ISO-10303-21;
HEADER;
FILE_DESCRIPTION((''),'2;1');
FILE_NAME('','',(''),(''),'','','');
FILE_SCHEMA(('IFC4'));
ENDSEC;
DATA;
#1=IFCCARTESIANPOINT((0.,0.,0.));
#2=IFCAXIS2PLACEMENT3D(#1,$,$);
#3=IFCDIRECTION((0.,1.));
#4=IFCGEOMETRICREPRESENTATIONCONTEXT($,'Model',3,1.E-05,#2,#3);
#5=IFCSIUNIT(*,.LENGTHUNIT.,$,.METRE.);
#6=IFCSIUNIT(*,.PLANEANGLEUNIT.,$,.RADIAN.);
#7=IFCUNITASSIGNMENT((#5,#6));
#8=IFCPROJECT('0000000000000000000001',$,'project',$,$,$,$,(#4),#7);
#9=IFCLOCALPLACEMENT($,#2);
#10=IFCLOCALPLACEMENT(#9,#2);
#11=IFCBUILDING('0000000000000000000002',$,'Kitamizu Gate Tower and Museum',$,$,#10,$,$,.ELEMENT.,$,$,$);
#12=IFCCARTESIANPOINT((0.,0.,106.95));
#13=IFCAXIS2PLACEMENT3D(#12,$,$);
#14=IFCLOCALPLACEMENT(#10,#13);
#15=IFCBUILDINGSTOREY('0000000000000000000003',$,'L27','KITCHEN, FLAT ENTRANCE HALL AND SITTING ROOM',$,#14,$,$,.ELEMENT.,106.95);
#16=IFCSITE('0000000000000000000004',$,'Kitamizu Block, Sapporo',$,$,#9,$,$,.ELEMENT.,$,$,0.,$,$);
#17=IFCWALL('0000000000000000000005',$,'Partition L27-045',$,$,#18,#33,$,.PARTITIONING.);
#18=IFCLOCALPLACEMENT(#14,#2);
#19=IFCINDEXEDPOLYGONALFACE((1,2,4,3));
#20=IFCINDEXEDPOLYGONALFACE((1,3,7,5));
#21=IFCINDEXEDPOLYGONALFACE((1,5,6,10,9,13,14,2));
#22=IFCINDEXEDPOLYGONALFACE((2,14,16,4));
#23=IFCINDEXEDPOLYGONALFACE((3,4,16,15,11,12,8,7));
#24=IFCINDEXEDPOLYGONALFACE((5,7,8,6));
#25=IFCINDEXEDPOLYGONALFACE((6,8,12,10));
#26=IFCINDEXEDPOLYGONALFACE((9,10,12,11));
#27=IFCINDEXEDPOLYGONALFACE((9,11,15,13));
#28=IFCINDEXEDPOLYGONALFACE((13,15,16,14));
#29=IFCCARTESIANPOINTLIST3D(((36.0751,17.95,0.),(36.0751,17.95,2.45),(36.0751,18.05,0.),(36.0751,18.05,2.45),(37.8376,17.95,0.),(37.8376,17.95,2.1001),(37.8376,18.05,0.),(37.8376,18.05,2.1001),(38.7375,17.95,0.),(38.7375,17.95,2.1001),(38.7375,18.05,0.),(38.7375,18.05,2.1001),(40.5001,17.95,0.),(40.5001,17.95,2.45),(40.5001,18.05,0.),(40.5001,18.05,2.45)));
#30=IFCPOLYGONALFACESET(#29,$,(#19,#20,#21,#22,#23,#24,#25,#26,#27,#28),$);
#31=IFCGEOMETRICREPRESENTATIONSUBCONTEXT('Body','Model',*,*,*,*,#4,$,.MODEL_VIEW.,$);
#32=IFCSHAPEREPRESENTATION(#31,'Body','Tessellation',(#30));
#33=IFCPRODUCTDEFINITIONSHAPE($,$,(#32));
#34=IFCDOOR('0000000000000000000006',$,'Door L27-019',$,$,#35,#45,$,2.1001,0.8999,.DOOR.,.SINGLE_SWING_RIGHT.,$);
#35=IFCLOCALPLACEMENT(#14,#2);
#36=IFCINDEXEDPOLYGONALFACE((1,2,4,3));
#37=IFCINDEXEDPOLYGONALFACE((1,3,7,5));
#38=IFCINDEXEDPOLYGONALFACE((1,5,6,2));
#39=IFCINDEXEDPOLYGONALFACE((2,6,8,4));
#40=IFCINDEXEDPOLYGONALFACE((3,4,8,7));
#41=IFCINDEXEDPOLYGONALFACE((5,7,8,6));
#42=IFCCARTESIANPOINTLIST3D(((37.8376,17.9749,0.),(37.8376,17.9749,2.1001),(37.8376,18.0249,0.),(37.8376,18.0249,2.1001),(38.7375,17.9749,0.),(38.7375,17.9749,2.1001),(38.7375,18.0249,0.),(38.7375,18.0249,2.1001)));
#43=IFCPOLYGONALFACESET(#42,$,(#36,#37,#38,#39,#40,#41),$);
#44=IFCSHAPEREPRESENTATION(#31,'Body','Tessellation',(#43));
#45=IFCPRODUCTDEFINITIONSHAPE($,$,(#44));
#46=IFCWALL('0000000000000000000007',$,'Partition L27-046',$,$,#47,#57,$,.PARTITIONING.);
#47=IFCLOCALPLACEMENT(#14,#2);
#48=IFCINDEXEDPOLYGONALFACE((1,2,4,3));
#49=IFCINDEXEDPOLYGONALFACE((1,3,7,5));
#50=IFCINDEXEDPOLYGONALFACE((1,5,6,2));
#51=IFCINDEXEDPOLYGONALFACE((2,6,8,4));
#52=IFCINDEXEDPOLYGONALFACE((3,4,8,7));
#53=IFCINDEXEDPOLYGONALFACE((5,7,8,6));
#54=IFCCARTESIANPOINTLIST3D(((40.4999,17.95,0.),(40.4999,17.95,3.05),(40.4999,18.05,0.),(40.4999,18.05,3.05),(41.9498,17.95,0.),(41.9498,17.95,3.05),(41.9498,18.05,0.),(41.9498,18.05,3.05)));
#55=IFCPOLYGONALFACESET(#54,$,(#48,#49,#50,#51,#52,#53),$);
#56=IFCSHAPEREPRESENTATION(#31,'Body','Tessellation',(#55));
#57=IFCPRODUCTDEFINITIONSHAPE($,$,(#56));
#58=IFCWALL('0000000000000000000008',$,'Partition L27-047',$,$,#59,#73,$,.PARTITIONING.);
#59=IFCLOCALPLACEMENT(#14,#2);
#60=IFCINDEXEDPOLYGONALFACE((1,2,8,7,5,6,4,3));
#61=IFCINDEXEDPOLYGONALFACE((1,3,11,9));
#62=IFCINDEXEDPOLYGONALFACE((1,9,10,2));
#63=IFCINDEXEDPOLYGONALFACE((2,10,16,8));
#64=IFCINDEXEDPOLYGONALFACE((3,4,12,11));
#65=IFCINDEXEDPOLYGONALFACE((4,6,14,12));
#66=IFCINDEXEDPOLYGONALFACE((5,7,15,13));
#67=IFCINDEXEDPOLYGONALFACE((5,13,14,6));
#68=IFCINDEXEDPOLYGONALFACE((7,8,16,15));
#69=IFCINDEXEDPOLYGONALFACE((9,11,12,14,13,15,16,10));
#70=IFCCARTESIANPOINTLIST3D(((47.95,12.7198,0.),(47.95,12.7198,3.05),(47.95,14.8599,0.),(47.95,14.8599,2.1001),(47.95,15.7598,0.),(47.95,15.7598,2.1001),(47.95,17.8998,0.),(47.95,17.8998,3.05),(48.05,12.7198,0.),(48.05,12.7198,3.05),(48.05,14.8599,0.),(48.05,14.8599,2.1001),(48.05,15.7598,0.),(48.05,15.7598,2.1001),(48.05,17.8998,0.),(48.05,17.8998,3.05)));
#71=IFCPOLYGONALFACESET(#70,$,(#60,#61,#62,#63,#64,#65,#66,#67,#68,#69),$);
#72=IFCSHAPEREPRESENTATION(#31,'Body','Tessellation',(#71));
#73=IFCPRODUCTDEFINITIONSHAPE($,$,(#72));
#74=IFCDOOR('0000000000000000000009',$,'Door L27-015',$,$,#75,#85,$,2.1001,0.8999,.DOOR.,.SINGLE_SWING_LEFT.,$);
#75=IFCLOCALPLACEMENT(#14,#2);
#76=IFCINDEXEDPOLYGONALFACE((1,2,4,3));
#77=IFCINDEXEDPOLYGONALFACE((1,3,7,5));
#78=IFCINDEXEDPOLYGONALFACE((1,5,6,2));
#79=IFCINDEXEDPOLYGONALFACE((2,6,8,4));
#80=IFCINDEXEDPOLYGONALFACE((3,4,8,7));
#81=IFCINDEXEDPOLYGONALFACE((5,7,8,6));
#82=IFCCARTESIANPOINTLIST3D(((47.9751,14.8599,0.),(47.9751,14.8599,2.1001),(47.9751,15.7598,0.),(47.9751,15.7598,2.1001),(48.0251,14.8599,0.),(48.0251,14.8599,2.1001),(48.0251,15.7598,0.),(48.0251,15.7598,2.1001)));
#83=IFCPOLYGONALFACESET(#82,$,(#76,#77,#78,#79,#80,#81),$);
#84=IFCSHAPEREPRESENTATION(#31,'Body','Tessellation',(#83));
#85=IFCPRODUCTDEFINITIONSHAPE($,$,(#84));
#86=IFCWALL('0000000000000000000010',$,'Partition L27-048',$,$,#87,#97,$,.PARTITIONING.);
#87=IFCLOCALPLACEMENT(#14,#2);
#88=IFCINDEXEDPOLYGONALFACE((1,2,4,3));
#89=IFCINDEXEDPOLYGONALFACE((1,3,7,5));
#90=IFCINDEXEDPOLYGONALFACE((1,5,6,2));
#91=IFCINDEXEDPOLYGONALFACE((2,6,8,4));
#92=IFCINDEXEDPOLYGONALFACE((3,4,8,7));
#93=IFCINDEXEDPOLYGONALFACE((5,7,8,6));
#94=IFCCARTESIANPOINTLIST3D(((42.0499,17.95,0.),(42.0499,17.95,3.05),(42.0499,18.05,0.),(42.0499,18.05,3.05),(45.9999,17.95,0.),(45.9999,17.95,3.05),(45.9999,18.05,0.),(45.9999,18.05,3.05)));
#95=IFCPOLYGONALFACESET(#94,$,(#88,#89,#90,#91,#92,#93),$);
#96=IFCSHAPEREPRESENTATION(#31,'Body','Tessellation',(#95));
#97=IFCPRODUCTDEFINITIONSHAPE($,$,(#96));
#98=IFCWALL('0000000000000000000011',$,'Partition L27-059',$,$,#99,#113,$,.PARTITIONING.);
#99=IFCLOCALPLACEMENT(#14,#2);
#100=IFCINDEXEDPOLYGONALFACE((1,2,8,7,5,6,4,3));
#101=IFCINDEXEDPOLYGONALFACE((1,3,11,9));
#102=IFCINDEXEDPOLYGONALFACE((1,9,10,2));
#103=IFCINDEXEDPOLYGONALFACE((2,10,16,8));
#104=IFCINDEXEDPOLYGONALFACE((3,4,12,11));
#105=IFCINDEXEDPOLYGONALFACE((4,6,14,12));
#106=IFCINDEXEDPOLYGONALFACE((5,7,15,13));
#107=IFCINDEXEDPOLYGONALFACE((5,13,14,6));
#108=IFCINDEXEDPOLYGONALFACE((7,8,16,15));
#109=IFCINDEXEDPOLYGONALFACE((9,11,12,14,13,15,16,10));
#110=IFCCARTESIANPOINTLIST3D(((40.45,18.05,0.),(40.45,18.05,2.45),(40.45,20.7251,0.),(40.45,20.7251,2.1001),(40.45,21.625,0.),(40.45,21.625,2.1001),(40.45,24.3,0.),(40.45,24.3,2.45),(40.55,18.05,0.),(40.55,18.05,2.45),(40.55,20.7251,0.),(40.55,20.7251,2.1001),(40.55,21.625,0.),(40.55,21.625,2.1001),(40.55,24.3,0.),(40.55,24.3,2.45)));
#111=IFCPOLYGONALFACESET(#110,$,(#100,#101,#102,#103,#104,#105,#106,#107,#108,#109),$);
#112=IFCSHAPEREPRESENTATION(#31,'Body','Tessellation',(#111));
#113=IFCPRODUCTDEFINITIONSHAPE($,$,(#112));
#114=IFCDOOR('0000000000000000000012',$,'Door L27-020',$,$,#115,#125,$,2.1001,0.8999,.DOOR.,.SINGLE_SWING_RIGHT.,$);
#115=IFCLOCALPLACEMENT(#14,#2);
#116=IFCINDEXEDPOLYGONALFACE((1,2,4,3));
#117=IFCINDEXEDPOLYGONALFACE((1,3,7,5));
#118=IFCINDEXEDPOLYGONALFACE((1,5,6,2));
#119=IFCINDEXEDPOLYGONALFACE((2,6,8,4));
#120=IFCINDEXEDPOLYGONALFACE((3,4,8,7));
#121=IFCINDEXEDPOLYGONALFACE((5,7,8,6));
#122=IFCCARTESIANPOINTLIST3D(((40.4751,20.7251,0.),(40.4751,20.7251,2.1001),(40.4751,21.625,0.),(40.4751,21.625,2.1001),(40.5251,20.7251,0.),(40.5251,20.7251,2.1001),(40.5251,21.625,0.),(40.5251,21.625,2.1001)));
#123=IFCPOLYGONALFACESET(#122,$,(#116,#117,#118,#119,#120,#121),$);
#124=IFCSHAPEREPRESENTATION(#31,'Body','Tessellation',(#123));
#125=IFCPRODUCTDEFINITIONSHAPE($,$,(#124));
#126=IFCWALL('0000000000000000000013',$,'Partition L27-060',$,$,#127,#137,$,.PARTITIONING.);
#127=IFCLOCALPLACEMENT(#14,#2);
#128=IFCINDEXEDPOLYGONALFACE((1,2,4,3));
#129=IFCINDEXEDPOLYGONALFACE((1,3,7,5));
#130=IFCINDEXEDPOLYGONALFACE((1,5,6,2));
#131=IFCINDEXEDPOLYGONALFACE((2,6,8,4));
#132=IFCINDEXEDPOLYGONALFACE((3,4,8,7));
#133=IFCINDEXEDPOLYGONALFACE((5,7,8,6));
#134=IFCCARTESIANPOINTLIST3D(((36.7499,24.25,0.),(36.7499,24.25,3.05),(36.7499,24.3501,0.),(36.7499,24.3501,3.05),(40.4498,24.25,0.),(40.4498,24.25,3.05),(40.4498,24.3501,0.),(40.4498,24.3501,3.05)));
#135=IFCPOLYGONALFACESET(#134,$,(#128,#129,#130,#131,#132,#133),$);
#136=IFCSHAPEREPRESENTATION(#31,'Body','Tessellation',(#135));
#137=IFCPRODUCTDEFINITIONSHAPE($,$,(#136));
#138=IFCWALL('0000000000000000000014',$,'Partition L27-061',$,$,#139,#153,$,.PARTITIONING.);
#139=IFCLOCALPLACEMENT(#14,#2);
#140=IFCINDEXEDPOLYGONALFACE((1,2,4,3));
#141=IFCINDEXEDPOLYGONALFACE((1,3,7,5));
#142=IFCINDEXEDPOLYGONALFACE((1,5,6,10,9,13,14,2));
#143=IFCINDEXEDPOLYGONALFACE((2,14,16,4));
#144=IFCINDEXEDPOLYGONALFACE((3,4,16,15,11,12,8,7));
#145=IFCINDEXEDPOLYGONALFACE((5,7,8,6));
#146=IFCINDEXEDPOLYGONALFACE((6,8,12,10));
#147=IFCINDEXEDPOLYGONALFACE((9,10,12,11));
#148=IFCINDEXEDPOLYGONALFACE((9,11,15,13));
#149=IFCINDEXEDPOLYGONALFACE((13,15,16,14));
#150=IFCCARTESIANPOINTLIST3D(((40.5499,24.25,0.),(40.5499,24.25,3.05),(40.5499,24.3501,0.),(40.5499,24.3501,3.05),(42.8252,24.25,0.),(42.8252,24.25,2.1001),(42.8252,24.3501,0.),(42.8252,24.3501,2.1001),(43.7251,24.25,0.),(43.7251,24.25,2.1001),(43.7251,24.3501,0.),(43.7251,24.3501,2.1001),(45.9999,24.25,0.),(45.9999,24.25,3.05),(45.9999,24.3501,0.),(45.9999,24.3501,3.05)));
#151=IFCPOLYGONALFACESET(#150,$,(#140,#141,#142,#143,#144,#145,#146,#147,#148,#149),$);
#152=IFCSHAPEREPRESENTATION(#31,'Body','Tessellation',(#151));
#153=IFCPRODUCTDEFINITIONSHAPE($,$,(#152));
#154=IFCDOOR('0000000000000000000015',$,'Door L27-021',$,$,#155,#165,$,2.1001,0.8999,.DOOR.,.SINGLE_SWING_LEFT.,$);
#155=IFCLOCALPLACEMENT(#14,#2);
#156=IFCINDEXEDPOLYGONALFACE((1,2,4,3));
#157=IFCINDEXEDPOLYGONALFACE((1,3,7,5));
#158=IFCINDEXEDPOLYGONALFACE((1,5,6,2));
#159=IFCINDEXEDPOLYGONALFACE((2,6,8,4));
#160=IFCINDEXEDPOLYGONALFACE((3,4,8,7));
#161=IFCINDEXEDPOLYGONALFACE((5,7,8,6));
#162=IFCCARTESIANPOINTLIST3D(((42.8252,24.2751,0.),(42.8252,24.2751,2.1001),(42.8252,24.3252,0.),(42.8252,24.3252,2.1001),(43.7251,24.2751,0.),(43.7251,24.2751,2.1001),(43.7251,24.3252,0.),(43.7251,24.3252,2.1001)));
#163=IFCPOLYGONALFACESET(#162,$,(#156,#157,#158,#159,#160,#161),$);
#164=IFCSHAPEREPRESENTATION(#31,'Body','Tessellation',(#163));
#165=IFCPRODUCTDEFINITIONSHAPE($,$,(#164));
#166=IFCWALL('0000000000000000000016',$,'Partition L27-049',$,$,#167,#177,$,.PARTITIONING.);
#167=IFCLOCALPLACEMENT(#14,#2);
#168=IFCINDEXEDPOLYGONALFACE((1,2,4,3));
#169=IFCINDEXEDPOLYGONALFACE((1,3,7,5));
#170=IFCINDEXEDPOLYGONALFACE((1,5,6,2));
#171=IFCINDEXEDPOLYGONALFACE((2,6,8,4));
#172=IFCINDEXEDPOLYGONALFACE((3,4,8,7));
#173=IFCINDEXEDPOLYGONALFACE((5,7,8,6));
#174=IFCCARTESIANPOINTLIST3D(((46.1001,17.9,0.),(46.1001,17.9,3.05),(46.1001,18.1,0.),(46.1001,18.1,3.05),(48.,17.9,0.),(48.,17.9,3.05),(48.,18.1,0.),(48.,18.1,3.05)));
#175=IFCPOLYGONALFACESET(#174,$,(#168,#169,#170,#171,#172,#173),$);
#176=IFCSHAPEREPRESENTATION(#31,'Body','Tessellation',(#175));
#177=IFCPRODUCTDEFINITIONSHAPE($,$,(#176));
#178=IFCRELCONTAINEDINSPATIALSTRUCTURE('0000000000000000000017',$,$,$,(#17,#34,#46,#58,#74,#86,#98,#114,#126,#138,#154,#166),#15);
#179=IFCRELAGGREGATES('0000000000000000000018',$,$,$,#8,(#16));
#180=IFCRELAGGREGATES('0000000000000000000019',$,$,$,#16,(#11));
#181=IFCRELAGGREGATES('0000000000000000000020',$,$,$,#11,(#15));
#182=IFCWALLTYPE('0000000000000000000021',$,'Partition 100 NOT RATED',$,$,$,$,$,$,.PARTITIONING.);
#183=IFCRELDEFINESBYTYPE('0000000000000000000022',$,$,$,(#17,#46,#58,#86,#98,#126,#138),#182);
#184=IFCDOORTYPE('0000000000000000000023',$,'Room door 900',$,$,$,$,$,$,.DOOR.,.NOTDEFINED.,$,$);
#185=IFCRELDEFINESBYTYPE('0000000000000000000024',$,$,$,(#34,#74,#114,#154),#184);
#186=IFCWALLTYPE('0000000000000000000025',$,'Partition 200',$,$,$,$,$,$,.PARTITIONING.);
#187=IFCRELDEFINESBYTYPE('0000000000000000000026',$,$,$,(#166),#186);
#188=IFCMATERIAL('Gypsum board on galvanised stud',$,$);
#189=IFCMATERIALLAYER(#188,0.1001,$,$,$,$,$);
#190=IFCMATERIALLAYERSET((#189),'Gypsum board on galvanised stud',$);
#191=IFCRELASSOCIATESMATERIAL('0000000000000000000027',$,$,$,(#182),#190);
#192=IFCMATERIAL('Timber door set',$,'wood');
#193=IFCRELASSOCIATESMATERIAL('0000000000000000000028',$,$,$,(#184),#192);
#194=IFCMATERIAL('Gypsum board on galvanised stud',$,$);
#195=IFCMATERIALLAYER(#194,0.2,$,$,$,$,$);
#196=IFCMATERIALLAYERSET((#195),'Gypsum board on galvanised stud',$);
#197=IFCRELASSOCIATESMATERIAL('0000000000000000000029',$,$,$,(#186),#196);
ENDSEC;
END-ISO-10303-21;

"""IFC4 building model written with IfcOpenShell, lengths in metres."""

from ifc_helpers import new_model, si_unit, direction, frame, frame_2d, origin, place, context, subcontext, project, spatial, rectangle, extrude, material, layer, layer_set, type_object, element, fill, save


model = new_model("IFC4")

# Units and contexts
model_context = context("Model", 3, precision=1e-05, world=origin(), true_north=direction((0.0, 1.0)))
body_context = subcontext(model_context, "Body", "Model", "MODEL_VIEW")
ifc_project = project(units=[si_unit("LENGTHUNIT", "METRE"), si_unit("PLANEANGLEUNIT", "RADIAN")], contexts=[model_context])

# Site, building, storey
site_placement = place(None, origin())
site = spatial("IfcSite", under=ifc_project, at=site_placement, Name="Kitamizu Block, Sapporo", CompositionType="ELEMENT", RefElevation=0.0)
building_placement = place(site_placement, origin())
building = spatial("IfcBuilding", under=site, at=building_placement, Name="Kitamizu Gate Tower and Museum", CompositionType="ELEMENT")
storey_placement = place(building_placement, frame((0.0, 0.0, 106.95)))
storey = spatial("IfcBuildingStorey", under=building, at=storey_placement, Name="L27", Description="KITCHEN, FLAT ENTRANCE HALL AND SITTING ROOM", CompositionType="ELEMENT", Elevation=106.95)

# Wall, opening, door
ifc_material_1 = material(Name="Gypsum board on galvanised stud")
ifc_layer_1 = layer(ifc_material_1, 0.1001)
ifc_layer_set_1 = layer_set([ifc_layer_1], Name="Gypsum board on galvanised stud")
wall_type_1 = type_object("IfcWallType", Name="Partition 100 NOT RATED", PredefinedType="PARTITIONING", material=ifc_layer_set_1)
ifc_material_2 = material(Name="Timber door set", Category="wood")
door_type_1 = type_object("IfcDoorType", Name="Room door 900", OperationType="NOTDEFINED", PredefinedType="DOOR", material=ifc_material_2)
wall_1_placement = place(storey_placement, frame((40.5, 18.0, 0.0), z_axis=(0.0, 0.0, 1.0), x_axis=(-1.0, 0.0, 0.0)))
wall_1 = element("IfcWall", 1, at=wall_1_placement, inside=storey, type_object=wall_type_1, Name="Partition L27-045", PredefinedType="PARTITIONING", context=body_context, shape_type="SweptSolid", body=[
    extrude(rectangle(XDim=4.425, YDim=0.1001, at=frame_2d((2.2124, 0.0))), origin(), (0.0, 0.0, 1.0), 2.45),
])
opening_1_placement = place(wall_1_placement, frame((1.7625, 0.0, 0.0)))
opening_1 = element("IfcOpeningElement", 2, at=opening_1_placement, cuts=wall_1, PredefinedType="OPENING", context=body_context, shape_type="SweptSolid", body=[
    extrude(rectangle(XDim=0.8999, YDim=2.1001, at=frame_2d((0.45, 1.05))), frame((0.0, 0.0601, 0.0), z_axis=(0.0, -1.0, 0.0), x_axis=(1.0, 0.0, 0.0)), (0.0, 0.0, 1.0), 0.1201),
])
door_1_placement = place(opening_1_placement, frame((0.8999, 0.0, 0.0), x_axis=(-1.0, 0.0, 0.0)))
door_1 = element("IfcDoor", 3, at=door_1_placement, inside=storey, type_object=door_type_1, Name="Door L27-019", OperationType="SINGLE_SWING_RIGHT", OverallHeight=2.1001, OverallWidth=0.8999, PredefinedType="DOOR", context=body_context, shape_type="SweptSolid", body=[
    extrude(rectangle(XDim=0.8999, YDim=2.1001, at=frame_2d((0.45, 1.05))), frame((0.0, 0.0249, 0.0), z_axis=(0.0, -1.0, 0.0), x_axis=(1.0, 0.0, 0.0)), (0.0, 0.0, 1.0), 0.05),
])
fill(opening_1, door_1)

# Wall
wall_2_placement = place(storey_placement, frame((41.95, 18.0, 0.0), z_axis=(0.0, 0.0, 1.0), x_axis=(-1.0, 0.0, 0.0)))
element("IfcWall", 4, at=wall_2_placement, inside=storey, type_object=wall_type_1, Name="Partition L27-046", PredefinedType="PARTITIONING", context=body_context, shape_type="SweptSolid", body=[
    extrude(rectangle(XDim=1.45, YDim=0.1001, at=frame_2d((0.7251, 0.0))), origin(), (0.0, 0.0, 1.0), 3.05),
])

# Wall, opening, door
wall_3_placement = place(storey_placement, frame((48.0, 12.72, 0.0), z_axis=(0.0, 0.0, 1.0), x_axis=(0.0, 1.0, 0.0)))
wall_3 = element("IfcWall", 5, at=wall_3_placement, inside=storey, type_object=wall_type_1, Name="Partition L27-047", PredefinedType="PARTITIONING", context=body_context, shape_type="SweptSolid", body=[
    extrude(rectangle(XDim=5.1799, YDim=0.1001, at=frame_2d((2.5898, 0.0))), origin(), (0.0, 0.0, 1.0), 3.05),
])
opening_2_placement = place(wall_3_placement, frame((2.1399, 0.0, 0.0)))
opening_2 = element("IfcOpeningElement", 6, at=opening_2_placement, cuts=wall_3, PredefinedType="OPENING", context=body_context, shape_type="SweptSolid", body=[
    extrude(rectangle(XDim=0.8999, YDim=2.1001, at=frame_2d((0.45, 1.05))), frame((0.0, 0.0601, 0.0), z_axis=(0.0, -1.0, 0.0), x_axis=(1.0, 0.0, 0.0)), (0.0, 0.0, 1.0), 0.1201),
])
door_2_placement = place(opening_2_placement, origin())
door_2 = element("IfcDoor", 7, at=door_2_placement, inside=storey, type_object=door_type_1, Name="Door L27-015", OperationType="SINGLE_SWING_LEFT", OverallHeight=2.1001, OverallWidth=0.8999, PredefinedType="DOOR", context=body_context, shape_type="SweptSolid", body=[
    extrude(rectangle(XDim=0.8999, YDim=2.1001, at=frame_2d((0.45, 1.05))), frame((0.0, 0.0249, 0.0), z_axis=(0.0, -1.0, 0.0), x_axis=(1.0, 0.0, 0.0)), (0.0, 0.0, 1.0), 0.05),
])
fill(opening_2, door_2)

# Wall
wall_4_placement = place(storey_placement, frame((46.0, 18.0, 0.0), z_axis=(0.0, 0.0, 1.0), x_axis=(-1.0, 0.0, 0.0)))
element("IfcWall", 8, at=wall_4_placement, inside=storey, type_object=wall_type_1, Name="Partition L27-048", PredefinedType="PARTITIONING", context=body_context, shape_type="SweptSolid", body=[
    extrude(rectangle(XDim=3.95, YDim=0.1001, at=frame_2d((1.9751, 0.0))), origin(), (0.0, 0.0, 1.0), 3.05),
])

# Wall, opening, door
wall_5_placement = place(storey_placement, frame((40.5, 18.05, 0.0), z_axis=(0.0, 0.0, 1.0), x_axis=(0.0, 1.0, 0.0)))
wall_5 = element("IfcWall", 9, at=wall_5_placement, inside=storey, type_object=wall_type_1, Name="Partition L27-059", PredefinedType="PARTITIONING", context=body_context, shape_type="SweptSolid", body=[
    extrude(rectangle(XDim=6.25, YDim=0.1001, at=frame_2d((3.125, 0.0))), origin(), (0.0, 0.0, 1.0), 2.45),
])
opening_3_placement = place(wall_5_placement, frame((2.675, 0.0, 0.0)))
opening_3 = element("IfcOpeningElement", 10, at=opening_3_placement, cuts=wall_5, PredefinedType="OPENING", context=body_context, shape_type="SweptSolid", body=[
    extrude(rectangle(XDim=0.8999, YDim=2.1001, at=frame_2d((0.45, 1.05))), frame((0.0, 0.0601, 0.0), z_axis=(0.0, -1.0, 0.0), x_axis=(1.0, 0.0, 0.0)), (0.0, 0.0, 1.0), 0.1201),
])
door_3_placement = place(opening_3_placement, origin())
door_3 = element("IfcDoor", 11, at=door_3_placement, inside=storey, type_object=door_type_1, Name="Door L27-020", OperationType="SINGLE_SWING_RIGHT", OverallHeight=2.1001, OverallWidth=0.8999, PredefinedType="DOOR", context=body_context, shape_type="SweptSolid", body=[
    extrude(rectangle(XDim=0.8999, YDim=2.1001, at=frame_2d((0.45, 1.05))), frame((0.0, 0.0249, 0.0), z_axis=(0.0, -1.0, 0.0), x_axis=(1.0, 0.0, 0.0)), (0.0, 0.0, 1.0), 0.05),
])
fill(opening_3, door_3)

# Wall
wall_6_placement = place(storey_placement, frame((40.45, 24.3, 0.0), z_axis=(0.0, 0.0, 1.0), x_axis=(-1.0, 0.0, 0.0)))
element("IfcWall", 12, at=wall_6_placement, inside=storey, type_object=wall_type_1, Name="Partition L27-060", PredefinedType="PARTITIONING", context=body_context, shape_type="SweptSolid", body=[
    extrude(rectangle(XDim=3.7, YDim=0.1001, at=frame_2d((1.8501, 0.0))), origin(), (0.0, 0.0, 1.0), 3.05),
])

# Wall, opening, door
wall_7_placement = place(storey_placement, frame((46.0, 24.3, 0.0), z_axis=(0.0, 0.0, 1.0), x_axis=(-1.0, 0.0, 0.0)))
wall_7 = element("IfcWall", 13, at=wall_7_placement, inside=storey, type_object=wall_type_1, Name="Partition L27-061", PredefinedType="PARTITIONING", context=body_context, shape_type="SweptSolid", body=[
    extrude(rectangle(XDim=5.45, YDim=0.1001, at=frame_2d((2.7251, 0.0))), origin(), (0.0, 0.0, 1.0), 3.05),
])
opening_4_placement = place(wall_7_placement, frame((2.2749, 0.0, 0.0)))
opening_4 = element("IfcOpeningElement", 14, at=opening_4_placement, cuts=wall_7, PredefinedType="OPENING", context=body_context, shape_type="SweptSolid", body=[
    extrude(rectangle(XDim=0.8999, YDim=2.1001, at=frame_2d((0.45, 1.05))), frame((0.0, 0.0601, 0.0), z_axis=(0.0, -1.0, 0.0), x_axis=(1.0, 0.0, 0.0)), (0.0, 0.0, 1.0), 0.1201),
])
door_4_placement = place(opening_4_placement, origin())
door_4 = element("IfcDoor", 15, at=door_4_placement, inside=storey, type_object=door_type_1, Name="Door L27-021", OperationType="SINGLE_SWING_LEFT", OverallHeight=2.1001, OverallWidth=0.8999, PredefinedType="DOOR", context=body_context, shape_type="SweptSolid", body=[
    extrude(rectangle(XDim=0.8999, YDim=2.1001, at=frame_2d((0.45, 1.05))), frame((0.0, 0.0249, 0.0), z_axis=(0.0, -1.0, 0.0), x_axis=(1.0, 0.0, 0.0)), (0.0, 0.0, 1.0), 0.05),
])
fill(opening_4, door_4)

# Wall
ifc_material_3 = material(Name="Gypsum board on galvanised stud")
ifc_layer_2 = layer(ifc_material_3, 0.2)
ifc_layer_set_2 = layer_set([ifc_layer_2], Name="Gypsum board on galvanised stud")
wall_type_2 = type_object("IfcWallType", Name="Partition 200", PredefinedType="PARTITIONING", material=ifc_layer_set_2)
wall_8_placement = place(storey_placement, frame((48.0, 18.0, 0.0), z_axis=(0.0, 0.0, 1.0), x_axis=(-1.0, 0.0, 0.0)))
element("IfcWall", 16, at=wall_8_placement, inside=storey, type_object=wall_type_2, Name="Partition L27-049", PredefinedType="PARTITIONING", context=body_context, shape_type="SweptSolid", body=[
    extrude(rectangle(XDim=1.8999, YDim=0.2, at=frame_2d((0.95, 0.0))), origin(), (0.0, 0.0, 1.0), 3.05),
])

save(model, "model.ifc")
